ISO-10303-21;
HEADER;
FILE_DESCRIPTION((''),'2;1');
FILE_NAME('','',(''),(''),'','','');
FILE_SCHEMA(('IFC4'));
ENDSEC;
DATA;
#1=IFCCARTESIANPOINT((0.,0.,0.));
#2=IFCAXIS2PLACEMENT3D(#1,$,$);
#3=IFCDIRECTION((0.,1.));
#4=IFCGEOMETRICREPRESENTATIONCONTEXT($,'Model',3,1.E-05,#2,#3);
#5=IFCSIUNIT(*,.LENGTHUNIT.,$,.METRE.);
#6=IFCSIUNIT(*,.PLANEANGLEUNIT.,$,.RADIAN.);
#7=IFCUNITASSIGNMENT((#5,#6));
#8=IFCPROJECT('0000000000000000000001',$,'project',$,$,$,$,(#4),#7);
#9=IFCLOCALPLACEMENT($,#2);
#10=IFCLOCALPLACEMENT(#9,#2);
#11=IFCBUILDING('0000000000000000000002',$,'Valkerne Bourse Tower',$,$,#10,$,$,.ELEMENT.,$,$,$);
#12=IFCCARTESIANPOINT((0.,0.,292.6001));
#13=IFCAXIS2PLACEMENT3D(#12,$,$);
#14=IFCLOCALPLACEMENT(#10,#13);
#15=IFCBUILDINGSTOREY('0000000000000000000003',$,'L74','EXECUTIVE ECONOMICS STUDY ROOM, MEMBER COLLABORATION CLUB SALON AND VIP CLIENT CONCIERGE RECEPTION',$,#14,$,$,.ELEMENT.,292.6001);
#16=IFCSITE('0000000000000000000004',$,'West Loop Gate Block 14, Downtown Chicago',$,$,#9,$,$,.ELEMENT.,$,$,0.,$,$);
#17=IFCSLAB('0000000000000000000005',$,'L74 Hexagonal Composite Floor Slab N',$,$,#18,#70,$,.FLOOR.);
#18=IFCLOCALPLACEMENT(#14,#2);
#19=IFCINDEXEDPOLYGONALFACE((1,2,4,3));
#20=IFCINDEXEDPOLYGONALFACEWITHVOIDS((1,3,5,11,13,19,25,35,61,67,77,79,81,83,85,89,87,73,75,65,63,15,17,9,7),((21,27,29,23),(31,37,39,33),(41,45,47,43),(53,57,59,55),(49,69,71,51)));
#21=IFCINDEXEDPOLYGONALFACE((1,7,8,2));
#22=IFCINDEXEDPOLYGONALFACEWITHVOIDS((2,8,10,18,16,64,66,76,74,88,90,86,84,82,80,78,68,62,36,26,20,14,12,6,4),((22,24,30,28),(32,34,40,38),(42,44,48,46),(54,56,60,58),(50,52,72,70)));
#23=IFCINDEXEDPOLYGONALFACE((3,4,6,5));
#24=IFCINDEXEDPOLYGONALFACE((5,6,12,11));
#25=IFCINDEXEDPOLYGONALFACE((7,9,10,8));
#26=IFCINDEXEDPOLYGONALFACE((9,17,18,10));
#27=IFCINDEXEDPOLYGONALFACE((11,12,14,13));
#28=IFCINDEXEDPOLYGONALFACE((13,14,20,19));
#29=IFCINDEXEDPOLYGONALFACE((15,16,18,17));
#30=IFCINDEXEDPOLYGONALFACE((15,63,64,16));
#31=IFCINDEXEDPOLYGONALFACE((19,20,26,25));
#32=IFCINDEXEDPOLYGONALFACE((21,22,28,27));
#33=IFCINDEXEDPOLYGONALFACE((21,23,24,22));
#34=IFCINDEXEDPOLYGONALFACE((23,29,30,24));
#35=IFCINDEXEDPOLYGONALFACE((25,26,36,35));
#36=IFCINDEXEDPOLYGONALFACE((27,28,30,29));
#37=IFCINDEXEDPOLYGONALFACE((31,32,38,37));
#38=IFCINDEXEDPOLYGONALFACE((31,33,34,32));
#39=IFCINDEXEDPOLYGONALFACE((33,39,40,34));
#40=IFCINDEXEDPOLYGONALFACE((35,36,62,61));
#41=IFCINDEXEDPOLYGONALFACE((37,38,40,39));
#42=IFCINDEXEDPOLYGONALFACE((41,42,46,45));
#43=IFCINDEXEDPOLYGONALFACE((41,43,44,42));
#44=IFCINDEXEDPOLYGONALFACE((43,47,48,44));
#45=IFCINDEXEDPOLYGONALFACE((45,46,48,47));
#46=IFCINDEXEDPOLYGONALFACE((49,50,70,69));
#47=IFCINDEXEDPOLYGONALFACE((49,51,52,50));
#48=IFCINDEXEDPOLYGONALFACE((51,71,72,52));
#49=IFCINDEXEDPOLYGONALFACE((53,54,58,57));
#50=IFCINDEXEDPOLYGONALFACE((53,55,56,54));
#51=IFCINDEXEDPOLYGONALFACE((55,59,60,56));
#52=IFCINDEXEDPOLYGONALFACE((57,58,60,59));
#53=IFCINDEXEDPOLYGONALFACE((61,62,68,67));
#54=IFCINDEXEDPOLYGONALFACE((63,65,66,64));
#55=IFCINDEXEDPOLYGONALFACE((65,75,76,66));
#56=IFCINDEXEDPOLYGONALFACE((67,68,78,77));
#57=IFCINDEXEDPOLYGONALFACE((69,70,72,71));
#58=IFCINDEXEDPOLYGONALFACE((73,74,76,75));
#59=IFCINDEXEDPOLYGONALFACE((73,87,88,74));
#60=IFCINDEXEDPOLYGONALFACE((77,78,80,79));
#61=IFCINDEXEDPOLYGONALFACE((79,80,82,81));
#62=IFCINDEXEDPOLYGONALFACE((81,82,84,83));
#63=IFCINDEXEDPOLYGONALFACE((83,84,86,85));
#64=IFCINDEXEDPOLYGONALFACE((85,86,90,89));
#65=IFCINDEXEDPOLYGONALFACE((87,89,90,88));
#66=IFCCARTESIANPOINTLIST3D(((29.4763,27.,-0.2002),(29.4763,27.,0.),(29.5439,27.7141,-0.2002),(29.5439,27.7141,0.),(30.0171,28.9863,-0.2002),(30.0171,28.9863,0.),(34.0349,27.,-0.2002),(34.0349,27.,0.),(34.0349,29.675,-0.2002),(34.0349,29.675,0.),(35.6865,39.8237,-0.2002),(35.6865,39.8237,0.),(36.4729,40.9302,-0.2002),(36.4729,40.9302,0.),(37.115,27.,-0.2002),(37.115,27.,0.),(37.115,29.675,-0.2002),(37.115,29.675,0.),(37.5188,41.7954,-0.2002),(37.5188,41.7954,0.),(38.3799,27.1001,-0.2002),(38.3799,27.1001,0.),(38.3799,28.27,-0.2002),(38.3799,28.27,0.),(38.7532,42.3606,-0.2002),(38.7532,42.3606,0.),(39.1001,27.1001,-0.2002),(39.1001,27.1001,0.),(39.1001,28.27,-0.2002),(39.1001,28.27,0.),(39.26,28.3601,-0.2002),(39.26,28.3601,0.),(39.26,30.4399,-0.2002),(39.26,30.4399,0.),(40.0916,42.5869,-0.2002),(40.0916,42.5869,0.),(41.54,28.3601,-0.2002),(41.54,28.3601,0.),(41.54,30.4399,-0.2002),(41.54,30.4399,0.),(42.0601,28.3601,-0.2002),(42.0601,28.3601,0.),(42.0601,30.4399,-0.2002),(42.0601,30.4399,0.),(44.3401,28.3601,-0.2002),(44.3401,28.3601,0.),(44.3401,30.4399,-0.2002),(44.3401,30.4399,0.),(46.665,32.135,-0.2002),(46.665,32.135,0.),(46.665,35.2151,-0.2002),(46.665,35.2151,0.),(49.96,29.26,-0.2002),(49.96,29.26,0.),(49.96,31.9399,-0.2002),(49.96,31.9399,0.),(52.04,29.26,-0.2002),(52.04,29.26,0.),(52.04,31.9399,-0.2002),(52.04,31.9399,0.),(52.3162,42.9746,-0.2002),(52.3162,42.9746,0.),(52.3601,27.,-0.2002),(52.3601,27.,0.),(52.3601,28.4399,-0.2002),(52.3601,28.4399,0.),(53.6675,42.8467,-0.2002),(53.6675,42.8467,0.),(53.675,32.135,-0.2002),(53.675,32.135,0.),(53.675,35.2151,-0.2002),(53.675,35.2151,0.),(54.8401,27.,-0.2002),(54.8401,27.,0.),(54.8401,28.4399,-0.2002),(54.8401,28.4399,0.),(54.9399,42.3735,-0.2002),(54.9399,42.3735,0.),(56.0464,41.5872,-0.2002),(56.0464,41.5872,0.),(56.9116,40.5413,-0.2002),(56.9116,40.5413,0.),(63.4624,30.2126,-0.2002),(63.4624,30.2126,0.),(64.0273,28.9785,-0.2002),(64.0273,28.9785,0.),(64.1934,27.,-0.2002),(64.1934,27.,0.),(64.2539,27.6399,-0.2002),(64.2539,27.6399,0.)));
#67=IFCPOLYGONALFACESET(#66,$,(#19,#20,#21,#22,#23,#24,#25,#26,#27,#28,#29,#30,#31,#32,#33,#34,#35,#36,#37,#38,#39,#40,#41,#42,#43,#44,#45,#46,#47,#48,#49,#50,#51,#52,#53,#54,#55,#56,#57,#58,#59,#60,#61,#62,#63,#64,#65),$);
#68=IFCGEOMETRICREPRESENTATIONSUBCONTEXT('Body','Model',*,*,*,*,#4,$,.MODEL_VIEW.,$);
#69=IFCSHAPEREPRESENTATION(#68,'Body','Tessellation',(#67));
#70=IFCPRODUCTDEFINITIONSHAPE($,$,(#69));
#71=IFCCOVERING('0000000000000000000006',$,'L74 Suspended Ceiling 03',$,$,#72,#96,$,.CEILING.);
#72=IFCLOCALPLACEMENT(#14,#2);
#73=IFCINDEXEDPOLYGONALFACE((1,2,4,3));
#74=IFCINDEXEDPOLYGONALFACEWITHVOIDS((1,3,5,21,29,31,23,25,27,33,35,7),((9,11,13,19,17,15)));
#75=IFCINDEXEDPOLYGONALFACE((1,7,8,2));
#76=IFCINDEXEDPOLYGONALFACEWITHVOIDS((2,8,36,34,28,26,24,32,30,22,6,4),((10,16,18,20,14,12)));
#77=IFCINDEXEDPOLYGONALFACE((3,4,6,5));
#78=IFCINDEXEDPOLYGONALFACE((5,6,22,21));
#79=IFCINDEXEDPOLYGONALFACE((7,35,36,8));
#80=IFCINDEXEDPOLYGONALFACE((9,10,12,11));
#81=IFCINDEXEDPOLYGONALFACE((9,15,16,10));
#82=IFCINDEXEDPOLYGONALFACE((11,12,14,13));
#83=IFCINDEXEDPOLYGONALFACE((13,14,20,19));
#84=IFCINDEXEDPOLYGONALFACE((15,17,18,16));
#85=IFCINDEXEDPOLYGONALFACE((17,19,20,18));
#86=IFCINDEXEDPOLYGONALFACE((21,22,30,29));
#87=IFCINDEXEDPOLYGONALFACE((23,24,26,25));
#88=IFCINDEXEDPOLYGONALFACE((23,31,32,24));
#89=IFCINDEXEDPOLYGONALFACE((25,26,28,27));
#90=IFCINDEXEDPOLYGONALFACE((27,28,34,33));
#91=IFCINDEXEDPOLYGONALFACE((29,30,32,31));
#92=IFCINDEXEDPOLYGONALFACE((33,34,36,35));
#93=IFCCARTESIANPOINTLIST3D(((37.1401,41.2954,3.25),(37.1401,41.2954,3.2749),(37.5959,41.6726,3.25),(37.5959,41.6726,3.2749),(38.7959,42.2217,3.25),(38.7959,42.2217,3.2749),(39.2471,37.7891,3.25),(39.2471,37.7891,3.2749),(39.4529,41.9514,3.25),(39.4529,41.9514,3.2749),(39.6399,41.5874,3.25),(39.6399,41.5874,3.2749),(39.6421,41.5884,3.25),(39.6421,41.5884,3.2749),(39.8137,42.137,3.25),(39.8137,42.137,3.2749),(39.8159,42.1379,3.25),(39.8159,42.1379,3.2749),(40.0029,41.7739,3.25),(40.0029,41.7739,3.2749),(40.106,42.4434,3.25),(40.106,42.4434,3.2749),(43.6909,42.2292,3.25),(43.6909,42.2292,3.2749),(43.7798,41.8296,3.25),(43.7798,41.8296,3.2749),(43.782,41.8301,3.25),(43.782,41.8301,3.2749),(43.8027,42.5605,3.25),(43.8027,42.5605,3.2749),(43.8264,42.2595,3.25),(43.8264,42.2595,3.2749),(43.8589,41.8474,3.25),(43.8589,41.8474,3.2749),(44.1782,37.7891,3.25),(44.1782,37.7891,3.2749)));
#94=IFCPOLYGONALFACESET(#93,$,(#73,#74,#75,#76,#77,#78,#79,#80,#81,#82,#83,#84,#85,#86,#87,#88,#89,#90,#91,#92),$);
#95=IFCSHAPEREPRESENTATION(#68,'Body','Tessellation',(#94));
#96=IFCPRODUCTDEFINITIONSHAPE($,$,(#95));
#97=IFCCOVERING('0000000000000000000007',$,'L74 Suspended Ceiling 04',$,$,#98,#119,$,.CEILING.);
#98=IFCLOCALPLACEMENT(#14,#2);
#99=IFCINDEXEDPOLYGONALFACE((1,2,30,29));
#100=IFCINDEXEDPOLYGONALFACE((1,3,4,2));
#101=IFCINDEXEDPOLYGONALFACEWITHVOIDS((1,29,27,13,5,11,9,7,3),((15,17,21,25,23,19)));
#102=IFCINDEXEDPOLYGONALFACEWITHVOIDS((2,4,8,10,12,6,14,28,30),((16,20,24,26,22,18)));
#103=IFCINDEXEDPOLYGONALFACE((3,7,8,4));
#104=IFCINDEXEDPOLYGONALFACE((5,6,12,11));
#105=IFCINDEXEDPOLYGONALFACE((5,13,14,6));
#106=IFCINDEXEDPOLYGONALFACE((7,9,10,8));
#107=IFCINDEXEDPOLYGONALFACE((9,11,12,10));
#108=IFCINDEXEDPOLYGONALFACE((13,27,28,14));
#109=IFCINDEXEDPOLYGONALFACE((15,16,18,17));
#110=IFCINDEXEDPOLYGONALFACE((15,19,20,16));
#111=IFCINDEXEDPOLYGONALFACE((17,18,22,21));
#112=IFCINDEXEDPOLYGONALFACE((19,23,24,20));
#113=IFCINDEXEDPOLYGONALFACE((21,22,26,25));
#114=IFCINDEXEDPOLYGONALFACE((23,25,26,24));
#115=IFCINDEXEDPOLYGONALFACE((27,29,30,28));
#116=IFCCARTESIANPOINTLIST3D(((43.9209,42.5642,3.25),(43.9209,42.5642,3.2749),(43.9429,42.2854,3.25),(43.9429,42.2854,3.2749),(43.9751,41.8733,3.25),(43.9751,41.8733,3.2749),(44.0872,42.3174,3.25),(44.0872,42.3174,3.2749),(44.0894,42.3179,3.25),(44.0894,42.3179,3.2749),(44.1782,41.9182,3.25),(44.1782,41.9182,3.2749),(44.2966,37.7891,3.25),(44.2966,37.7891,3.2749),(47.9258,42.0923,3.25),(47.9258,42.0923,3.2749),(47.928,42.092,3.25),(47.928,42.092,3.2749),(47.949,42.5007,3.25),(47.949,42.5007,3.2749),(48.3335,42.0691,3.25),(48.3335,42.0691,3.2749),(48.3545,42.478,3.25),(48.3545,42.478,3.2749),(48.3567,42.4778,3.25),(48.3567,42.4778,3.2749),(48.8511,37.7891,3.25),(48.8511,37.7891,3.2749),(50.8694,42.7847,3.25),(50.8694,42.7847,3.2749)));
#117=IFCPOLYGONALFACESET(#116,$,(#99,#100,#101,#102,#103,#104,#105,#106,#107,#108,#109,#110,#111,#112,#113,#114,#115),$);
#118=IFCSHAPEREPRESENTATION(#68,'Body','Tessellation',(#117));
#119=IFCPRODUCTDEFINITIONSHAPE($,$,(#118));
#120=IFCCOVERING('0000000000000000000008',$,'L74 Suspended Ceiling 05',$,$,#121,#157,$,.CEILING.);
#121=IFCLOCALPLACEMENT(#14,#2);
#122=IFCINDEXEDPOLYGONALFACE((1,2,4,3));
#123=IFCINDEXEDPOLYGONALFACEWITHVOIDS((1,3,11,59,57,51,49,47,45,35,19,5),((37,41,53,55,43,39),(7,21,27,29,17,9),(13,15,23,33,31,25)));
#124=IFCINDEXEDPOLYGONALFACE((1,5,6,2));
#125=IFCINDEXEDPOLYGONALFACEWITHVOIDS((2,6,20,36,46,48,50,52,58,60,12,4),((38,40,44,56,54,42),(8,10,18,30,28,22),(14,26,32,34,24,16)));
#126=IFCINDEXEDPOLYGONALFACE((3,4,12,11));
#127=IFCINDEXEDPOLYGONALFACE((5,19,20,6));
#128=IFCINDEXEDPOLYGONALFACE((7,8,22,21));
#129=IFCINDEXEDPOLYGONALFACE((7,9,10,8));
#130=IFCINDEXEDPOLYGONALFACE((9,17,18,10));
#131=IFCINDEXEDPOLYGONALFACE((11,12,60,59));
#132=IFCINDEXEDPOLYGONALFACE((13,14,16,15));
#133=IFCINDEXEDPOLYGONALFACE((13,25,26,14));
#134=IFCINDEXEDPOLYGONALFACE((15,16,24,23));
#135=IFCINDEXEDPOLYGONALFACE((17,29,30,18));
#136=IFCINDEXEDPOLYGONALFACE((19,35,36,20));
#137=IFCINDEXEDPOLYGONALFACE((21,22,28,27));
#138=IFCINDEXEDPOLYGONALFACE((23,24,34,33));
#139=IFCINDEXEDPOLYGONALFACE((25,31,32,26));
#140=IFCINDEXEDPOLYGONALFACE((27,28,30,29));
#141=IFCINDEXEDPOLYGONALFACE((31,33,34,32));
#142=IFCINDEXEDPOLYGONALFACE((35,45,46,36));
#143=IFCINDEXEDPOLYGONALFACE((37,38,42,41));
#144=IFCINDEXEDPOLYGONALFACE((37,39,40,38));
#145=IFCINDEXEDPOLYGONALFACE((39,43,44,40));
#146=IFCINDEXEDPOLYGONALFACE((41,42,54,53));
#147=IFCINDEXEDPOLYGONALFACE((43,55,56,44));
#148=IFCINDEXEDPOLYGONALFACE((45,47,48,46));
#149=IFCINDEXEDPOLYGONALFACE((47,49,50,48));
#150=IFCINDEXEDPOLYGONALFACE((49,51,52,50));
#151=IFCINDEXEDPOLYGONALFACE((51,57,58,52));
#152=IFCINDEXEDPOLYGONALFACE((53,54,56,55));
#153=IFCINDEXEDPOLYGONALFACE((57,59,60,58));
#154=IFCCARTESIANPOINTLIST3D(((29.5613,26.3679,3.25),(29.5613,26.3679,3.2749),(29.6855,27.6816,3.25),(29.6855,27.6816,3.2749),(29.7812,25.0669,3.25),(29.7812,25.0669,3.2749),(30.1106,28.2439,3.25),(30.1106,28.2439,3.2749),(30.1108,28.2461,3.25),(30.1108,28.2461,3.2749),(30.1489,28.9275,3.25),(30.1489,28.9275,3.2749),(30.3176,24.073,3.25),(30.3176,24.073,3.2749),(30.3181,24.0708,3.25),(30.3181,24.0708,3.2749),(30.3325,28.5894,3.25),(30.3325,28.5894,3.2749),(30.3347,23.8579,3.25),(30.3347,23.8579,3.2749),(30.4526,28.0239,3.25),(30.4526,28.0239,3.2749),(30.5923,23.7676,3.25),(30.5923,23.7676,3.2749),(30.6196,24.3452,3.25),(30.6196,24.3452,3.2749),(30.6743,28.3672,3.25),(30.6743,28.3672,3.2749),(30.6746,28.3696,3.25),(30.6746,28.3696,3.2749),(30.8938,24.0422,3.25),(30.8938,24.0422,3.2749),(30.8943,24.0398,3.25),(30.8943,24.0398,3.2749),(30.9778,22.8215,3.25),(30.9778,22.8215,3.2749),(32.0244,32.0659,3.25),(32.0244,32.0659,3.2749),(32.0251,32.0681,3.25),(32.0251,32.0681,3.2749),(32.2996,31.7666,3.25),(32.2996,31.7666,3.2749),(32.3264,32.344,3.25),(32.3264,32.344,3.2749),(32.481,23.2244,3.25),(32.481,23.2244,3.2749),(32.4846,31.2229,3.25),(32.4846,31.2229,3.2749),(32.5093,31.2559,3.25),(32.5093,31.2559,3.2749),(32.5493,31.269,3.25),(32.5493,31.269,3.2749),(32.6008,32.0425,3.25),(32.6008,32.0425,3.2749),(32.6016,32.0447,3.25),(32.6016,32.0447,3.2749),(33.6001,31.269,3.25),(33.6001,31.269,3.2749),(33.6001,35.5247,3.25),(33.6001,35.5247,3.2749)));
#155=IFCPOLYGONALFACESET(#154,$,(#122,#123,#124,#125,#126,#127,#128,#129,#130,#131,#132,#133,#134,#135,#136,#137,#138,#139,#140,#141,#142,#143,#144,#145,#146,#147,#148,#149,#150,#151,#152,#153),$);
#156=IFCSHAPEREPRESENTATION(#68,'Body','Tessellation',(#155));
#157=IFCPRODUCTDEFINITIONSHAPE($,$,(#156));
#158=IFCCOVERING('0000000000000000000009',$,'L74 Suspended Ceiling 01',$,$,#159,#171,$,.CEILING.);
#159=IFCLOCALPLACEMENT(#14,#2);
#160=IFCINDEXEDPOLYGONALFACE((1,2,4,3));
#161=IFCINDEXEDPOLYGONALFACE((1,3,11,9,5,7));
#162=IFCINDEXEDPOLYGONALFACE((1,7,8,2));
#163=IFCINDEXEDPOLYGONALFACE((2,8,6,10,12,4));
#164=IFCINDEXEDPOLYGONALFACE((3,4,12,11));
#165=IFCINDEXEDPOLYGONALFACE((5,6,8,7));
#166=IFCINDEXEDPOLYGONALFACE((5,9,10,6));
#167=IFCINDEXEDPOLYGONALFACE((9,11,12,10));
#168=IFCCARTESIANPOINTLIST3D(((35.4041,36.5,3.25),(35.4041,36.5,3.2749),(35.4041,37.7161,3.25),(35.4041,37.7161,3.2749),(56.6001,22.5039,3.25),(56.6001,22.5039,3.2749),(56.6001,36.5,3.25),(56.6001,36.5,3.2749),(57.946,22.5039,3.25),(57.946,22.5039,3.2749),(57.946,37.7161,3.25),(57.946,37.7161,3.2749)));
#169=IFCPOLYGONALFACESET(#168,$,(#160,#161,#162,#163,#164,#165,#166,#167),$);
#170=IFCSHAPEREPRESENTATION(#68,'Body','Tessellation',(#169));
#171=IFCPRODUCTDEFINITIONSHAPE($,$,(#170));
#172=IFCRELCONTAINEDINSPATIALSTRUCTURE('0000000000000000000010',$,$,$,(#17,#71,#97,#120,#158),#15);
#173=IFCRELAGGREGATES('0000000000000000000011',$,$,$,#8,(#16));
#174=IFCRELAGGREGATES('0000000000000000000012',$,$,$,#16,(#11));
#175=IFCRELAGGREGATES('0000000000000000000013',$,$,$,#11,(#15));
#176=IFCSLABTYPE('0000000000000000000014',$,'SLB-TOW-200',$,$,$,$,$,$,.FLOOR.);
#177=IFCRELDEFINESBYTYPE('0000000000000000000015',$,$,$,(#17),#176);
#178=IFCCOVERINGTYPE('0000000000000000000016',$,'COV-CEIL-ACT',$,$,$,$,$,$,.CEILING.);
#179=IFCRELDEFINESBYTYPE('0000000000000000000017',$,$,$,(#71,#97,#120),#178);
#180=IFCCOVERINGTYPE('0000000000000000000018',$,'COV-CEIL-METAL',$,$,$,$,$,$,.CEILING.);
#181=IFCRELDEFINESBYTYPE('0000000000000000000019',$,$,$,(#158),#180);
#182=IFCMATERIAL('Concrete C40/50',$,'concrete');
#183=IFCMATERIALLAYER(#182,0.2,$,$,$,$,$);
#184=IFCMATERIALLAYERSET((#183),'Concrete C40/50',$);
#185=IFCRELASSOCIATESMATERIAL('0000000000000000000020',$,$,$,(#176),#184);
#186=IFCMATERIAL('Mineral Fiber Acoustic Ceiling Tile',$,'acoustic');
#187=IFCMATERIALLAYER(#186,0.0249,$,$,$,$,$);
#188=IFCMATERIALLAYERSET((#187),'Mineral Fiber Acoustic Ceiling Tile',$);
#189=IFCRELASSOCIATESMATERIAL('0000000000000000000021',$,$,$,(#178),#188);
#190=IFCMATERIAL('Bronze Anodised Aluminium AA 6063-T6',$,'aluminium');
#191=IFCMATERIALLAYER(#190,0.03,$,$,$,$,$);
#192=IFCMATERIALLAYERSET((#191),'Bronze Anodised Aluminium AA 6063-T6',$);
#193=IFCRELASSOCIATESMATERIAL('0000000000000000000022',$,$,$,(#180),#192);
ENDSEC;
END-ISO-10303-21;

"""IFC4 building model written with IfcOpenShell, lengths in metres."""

from ifc_helpers import new_model, si_unit, direction, frame, origin, place, context, subcontext, project, spatial, polyline, outline, extrude, material, layer, layer_set, type_object, element, save


model = new_model("IFC4")

# Units and contexts
model_context = context("Model", 3, precision=1e-05, world=origin(), true_north=direction((0.0, 1.0)))
body_context = subcontext(model_context, "Body", "Model", "MODEL_VIEW")
ifc_project = project(units=[si_unit("LENGTHUNIT", "METRE"), si_unit("PLANEANGLEUNIT", "RADIAN")], contexts=[model_context])

# Site, building, storey
site_placement = place(None, origin())
site = spatial("IfcSite", under=ifc_project, at=site_placement, Name="West Loop Gate Block 14, Downtown Chicago", CompositionType="ELEMENT", RefElevation=0.0)
building_placement = place(site_placement, origin())
building = spatial("IfcBuilding", under=site, at=building_placement, Name="Valkerne Bourse Tower", CompositionType="ELEMENT")
storey_placement = place(building_placement, frame((0.0, 0.0, 292.6001)))
storey = spatial("IfcBuildingStorey", under=building, at=storey_placement, Name="L74", Description="EXECUTIVE ECONOMICS STUDY ROOM, MEMBER COLLABORATION CLUB SALON AND VIP CLIENT CONCIERGE RECEPTION", CompositionType="ELEMENT", Elevation=292.6001)

# Shared definitions
ifc_material_1 = material(Name="Concrete C40/50", Category="concrete")

# Slab
ifc_layer_1 = layer(ifc_material_1, 0.2)
ifc_layer_set_1 = layer_set([ifc_layer_1], Name="Concrete C40/50")
slab_type_1 = type_object("IfcSlabType", Name="SLB-TOW-200", PredefinedType="FLOOR", material=ifc_layer_set_1)
slab_1_placement = place(storey_placement, frame((0.0, 0.0, -0.2002)))
element("IfcSlab", 1, at=slab_1_placement, inside=storey, type_object=slab_type_1, Name="L74 Hexagonal Composite Floor Slab N", PredefinedType="FLOOR", context=body_context, shape_type="SweptSolid", body=[
    extrude(outline(polyline([(64.0273, 28.9785), (64.2539, 27.6399), (64.1934, 27.0), (54.8401, 27.0), (54.8401, 28.4399), (52.3601, 28.4399), (52.3601, 27.0), (37.115, 27.0), (37.115, 29.675), (34.0349, 29.675), (34.0349, 27.0), (29.4763, 27.0), (29.5439, 27.7141), (30.0171, 28.9863), (35.6865, 39.8237), (36.4729, 40.9302), (37.5188, 41.7954), (38.7532, 42.3606), (40.0916, 42.5869), (52.3162, 42.9746), (53.6675, 42.8467), (54.9399, 42.3735), (56.0464, 41.5872), (56.9116, 40.5413), (63.4624, 30.2126), (64.0273, 28.9785)]), holes=[polyline([(39.1001, 28.27), (38.3799, 28.27), (38.3799, 27.1001), (39.1001, 27.1001), (39.1001, 28.27)]), polyline([(41.54, 30.4399), (39.26, 30.4399), (39.26, 28.3601), (41.54, 28.3601), (41.54, 30.4399)]), polyline([(42.0601, 30.4399), (42.0601, 28.3601), (44.3401, 28.3601), (44.3401, 30.4399), (42.0601, 30.4399)]), polyline([(52.04, 31.9399), (49.96, 31.9399), (49.96, 29.26), (52.04, 29.26), (52.04, 31.9399)]), polyline([(53.675, 35.2151), (46.665, 35.2151), (46.665, 32.135), (53.675, 32.135), (53.675, 35.2151)])]), origin(), (0.0, 0.0, 1.0), 0.2002),
])

# Coverings
ifc_material_2 = material(Name="Mineral Fiber Acoustic Ceiling Tile", Category="acoustic")
ifc_layer_2 = layer(ifc_material_2, 0.0249)
ifc_layer_set_2 = layer_set([ifc_layer_2], Name="Mineral Fiber Acoustic Ceiling Tile")
covering_type_1 = type_object("IfcCoveringType", Name="COV-CEIL-ACT", PredefinedType="CEILING", material=ifc_layer_set_2)
covering_1_placement = place(storey_placement, frame((0.0, 0.0, 3.25)))
element("IfcCovering", 2, at=covering_1_placement, inside=storey, type_object=covering_type_1, Name="L74 Suspended Ceiling 03", PredefinedType="CEILING", context=body_context, shape_type="SweptSolid", body=[
    extrude(outline(polyline([(40.106, 42.4434), (43.8027, 42.5605), (43.8264, 42.2595), (43.6909, 42.2292), (43.7798, 41.8296), (43.782, 41.8301), (43.8589, 41.8474), (44.1782, 37.7891), (39.2471, 37.7891), (37.1401, 41.2954), (37.5959, 41.6726), (38.7959, 42.2217), (40.106, 42.4434)]), holes=[polyline([(39.6421, 41.5884), (40.0029, 41.7739), (39.8159, 42.1379), (39.8137, 42.137), (39.4529, 41.9514), (39.6399, 41.5874), (39.6421, 41.5884)])]), origin(), (0.0, 0.0, 1.0), 0.0249),
])
covering_2_placement = place(storey_placement, frame((0.0, 0.0, 3.25)))
element("IfcCovering", 3, at=covering_2_placement, inside=storey, type_object=covering_type_1, Name="L74 Suspended Ceiling 04", PredefinedType="CEILING", context=body_context, shape_type="SweptSolid", body=[
    extrude(outline(polyline([(44.2966, 37.7891), (43.9751, 41.8733), (44.1782, 41.9182), (44.0894, 42.3179), (44.0872, 42.3174), (43.9429, 42.2854), (43.9209, 42.5642), (50.8694, 42.7847), (48.8511, 37.7891), (44.2966, 37.7891)]), holes=[polyline([(48.3545, 42.478), (47.949, 42.5007), (47.9258, 42.0923), (47.928, 42.092), (48.3335, 42.0691), (48.3567, 42.4778), (48.3545, 42.478)])]), origin(), (0.0, 0.0, 1.0), 0.0249),
])
covering_3_placement = place(storey_placement, frame((0.0, 0.0, 3.25)))
element("IfcCovering", 4, at=covering_3_placement, inside=storey, type_object=covering_type_1, Name="L74 Suspended Ceiling 05", PredefinedType="CEILING", context=body_context, shape_type="SweptSolid", body=[
    extrude(outline(polyline([(29.5613, 26.3679), (29.6855, 27.6816), (30.1489, 28.9275), (33.6001, 35.5247), (33.6001, 31.269), (32.5493, 31.269), (32.5093, 31.2559), (32.4846, 31.2229), (32.481, 23.2244), (30.9778, 22.8215), (30.3347, 23.8579), (29.7812, 25.0669), (29.5613, 26.3679)]), holes=[polyline([(30.8938, 24.0422), (30.6196, 24.3452), (30.3176, 24.073), (30.3181, 24.0708), (30.5923, 23.7676), (30.8943, 24.0398), (30.8938, 24.0422)]), polyline([(30.6746, 28.3696), (30.3325, 28.5894), (30.1108, 28.2461), (30.1106, 28.2439), (30.4526, 28.0239), (30.6743, 28.3672), (30.6746, 28.3696)]), polyline([(32.6016, 32.0447), (32.3264, 32.344), (32.0251, 32.0681), (32.0244, 32.0659), (32.2996, 31.7666), (32.6008, 32.0425), (32.6016, 32.0447)])]), origin(), (0.0, 0.0, 1.0), 0.0249),
])
ifc_material_3 = material(Name="Bronze Anodised Aluminium AA 6063-T6", Category="aluminium")
ifc_layer_3 = layer(ifc_material_3, 0.03)
ifc_layer_set_3 = layer_set([ifc_layer_3], Name="Bronze Anodised Aluminium AA 6063-T6")
covering_type_2 = type_object("IfcCoveringType", Name="COV-CEIL-METAL", PredefinedType="CEILING", material=ifc_layer_set_3)
covering_4_placement = place(storey_placement, frame((0.0, 0.0, 3.25)))
element("IfcCovering", 5, at=covering_4_placement, inside=storey, type_object=covering_type_2, Name="L74 Suspended Ceiling 01", PredefinedType="CEILING", context=body_context, shape_type="SweptSolid", body=[
    extrude(outline(polyline([(35.4041, 37.7161), (57.946, 37.7161), (57.946, 22.5039), (56.6001, 22.5039), (56.6001, 36.5), (35.4041, 36.5), (35.4041, 37.7161)])), origin(), (0.0, 0.0, 1.0), 0.0249),
])

save(model, "model.ifc")
